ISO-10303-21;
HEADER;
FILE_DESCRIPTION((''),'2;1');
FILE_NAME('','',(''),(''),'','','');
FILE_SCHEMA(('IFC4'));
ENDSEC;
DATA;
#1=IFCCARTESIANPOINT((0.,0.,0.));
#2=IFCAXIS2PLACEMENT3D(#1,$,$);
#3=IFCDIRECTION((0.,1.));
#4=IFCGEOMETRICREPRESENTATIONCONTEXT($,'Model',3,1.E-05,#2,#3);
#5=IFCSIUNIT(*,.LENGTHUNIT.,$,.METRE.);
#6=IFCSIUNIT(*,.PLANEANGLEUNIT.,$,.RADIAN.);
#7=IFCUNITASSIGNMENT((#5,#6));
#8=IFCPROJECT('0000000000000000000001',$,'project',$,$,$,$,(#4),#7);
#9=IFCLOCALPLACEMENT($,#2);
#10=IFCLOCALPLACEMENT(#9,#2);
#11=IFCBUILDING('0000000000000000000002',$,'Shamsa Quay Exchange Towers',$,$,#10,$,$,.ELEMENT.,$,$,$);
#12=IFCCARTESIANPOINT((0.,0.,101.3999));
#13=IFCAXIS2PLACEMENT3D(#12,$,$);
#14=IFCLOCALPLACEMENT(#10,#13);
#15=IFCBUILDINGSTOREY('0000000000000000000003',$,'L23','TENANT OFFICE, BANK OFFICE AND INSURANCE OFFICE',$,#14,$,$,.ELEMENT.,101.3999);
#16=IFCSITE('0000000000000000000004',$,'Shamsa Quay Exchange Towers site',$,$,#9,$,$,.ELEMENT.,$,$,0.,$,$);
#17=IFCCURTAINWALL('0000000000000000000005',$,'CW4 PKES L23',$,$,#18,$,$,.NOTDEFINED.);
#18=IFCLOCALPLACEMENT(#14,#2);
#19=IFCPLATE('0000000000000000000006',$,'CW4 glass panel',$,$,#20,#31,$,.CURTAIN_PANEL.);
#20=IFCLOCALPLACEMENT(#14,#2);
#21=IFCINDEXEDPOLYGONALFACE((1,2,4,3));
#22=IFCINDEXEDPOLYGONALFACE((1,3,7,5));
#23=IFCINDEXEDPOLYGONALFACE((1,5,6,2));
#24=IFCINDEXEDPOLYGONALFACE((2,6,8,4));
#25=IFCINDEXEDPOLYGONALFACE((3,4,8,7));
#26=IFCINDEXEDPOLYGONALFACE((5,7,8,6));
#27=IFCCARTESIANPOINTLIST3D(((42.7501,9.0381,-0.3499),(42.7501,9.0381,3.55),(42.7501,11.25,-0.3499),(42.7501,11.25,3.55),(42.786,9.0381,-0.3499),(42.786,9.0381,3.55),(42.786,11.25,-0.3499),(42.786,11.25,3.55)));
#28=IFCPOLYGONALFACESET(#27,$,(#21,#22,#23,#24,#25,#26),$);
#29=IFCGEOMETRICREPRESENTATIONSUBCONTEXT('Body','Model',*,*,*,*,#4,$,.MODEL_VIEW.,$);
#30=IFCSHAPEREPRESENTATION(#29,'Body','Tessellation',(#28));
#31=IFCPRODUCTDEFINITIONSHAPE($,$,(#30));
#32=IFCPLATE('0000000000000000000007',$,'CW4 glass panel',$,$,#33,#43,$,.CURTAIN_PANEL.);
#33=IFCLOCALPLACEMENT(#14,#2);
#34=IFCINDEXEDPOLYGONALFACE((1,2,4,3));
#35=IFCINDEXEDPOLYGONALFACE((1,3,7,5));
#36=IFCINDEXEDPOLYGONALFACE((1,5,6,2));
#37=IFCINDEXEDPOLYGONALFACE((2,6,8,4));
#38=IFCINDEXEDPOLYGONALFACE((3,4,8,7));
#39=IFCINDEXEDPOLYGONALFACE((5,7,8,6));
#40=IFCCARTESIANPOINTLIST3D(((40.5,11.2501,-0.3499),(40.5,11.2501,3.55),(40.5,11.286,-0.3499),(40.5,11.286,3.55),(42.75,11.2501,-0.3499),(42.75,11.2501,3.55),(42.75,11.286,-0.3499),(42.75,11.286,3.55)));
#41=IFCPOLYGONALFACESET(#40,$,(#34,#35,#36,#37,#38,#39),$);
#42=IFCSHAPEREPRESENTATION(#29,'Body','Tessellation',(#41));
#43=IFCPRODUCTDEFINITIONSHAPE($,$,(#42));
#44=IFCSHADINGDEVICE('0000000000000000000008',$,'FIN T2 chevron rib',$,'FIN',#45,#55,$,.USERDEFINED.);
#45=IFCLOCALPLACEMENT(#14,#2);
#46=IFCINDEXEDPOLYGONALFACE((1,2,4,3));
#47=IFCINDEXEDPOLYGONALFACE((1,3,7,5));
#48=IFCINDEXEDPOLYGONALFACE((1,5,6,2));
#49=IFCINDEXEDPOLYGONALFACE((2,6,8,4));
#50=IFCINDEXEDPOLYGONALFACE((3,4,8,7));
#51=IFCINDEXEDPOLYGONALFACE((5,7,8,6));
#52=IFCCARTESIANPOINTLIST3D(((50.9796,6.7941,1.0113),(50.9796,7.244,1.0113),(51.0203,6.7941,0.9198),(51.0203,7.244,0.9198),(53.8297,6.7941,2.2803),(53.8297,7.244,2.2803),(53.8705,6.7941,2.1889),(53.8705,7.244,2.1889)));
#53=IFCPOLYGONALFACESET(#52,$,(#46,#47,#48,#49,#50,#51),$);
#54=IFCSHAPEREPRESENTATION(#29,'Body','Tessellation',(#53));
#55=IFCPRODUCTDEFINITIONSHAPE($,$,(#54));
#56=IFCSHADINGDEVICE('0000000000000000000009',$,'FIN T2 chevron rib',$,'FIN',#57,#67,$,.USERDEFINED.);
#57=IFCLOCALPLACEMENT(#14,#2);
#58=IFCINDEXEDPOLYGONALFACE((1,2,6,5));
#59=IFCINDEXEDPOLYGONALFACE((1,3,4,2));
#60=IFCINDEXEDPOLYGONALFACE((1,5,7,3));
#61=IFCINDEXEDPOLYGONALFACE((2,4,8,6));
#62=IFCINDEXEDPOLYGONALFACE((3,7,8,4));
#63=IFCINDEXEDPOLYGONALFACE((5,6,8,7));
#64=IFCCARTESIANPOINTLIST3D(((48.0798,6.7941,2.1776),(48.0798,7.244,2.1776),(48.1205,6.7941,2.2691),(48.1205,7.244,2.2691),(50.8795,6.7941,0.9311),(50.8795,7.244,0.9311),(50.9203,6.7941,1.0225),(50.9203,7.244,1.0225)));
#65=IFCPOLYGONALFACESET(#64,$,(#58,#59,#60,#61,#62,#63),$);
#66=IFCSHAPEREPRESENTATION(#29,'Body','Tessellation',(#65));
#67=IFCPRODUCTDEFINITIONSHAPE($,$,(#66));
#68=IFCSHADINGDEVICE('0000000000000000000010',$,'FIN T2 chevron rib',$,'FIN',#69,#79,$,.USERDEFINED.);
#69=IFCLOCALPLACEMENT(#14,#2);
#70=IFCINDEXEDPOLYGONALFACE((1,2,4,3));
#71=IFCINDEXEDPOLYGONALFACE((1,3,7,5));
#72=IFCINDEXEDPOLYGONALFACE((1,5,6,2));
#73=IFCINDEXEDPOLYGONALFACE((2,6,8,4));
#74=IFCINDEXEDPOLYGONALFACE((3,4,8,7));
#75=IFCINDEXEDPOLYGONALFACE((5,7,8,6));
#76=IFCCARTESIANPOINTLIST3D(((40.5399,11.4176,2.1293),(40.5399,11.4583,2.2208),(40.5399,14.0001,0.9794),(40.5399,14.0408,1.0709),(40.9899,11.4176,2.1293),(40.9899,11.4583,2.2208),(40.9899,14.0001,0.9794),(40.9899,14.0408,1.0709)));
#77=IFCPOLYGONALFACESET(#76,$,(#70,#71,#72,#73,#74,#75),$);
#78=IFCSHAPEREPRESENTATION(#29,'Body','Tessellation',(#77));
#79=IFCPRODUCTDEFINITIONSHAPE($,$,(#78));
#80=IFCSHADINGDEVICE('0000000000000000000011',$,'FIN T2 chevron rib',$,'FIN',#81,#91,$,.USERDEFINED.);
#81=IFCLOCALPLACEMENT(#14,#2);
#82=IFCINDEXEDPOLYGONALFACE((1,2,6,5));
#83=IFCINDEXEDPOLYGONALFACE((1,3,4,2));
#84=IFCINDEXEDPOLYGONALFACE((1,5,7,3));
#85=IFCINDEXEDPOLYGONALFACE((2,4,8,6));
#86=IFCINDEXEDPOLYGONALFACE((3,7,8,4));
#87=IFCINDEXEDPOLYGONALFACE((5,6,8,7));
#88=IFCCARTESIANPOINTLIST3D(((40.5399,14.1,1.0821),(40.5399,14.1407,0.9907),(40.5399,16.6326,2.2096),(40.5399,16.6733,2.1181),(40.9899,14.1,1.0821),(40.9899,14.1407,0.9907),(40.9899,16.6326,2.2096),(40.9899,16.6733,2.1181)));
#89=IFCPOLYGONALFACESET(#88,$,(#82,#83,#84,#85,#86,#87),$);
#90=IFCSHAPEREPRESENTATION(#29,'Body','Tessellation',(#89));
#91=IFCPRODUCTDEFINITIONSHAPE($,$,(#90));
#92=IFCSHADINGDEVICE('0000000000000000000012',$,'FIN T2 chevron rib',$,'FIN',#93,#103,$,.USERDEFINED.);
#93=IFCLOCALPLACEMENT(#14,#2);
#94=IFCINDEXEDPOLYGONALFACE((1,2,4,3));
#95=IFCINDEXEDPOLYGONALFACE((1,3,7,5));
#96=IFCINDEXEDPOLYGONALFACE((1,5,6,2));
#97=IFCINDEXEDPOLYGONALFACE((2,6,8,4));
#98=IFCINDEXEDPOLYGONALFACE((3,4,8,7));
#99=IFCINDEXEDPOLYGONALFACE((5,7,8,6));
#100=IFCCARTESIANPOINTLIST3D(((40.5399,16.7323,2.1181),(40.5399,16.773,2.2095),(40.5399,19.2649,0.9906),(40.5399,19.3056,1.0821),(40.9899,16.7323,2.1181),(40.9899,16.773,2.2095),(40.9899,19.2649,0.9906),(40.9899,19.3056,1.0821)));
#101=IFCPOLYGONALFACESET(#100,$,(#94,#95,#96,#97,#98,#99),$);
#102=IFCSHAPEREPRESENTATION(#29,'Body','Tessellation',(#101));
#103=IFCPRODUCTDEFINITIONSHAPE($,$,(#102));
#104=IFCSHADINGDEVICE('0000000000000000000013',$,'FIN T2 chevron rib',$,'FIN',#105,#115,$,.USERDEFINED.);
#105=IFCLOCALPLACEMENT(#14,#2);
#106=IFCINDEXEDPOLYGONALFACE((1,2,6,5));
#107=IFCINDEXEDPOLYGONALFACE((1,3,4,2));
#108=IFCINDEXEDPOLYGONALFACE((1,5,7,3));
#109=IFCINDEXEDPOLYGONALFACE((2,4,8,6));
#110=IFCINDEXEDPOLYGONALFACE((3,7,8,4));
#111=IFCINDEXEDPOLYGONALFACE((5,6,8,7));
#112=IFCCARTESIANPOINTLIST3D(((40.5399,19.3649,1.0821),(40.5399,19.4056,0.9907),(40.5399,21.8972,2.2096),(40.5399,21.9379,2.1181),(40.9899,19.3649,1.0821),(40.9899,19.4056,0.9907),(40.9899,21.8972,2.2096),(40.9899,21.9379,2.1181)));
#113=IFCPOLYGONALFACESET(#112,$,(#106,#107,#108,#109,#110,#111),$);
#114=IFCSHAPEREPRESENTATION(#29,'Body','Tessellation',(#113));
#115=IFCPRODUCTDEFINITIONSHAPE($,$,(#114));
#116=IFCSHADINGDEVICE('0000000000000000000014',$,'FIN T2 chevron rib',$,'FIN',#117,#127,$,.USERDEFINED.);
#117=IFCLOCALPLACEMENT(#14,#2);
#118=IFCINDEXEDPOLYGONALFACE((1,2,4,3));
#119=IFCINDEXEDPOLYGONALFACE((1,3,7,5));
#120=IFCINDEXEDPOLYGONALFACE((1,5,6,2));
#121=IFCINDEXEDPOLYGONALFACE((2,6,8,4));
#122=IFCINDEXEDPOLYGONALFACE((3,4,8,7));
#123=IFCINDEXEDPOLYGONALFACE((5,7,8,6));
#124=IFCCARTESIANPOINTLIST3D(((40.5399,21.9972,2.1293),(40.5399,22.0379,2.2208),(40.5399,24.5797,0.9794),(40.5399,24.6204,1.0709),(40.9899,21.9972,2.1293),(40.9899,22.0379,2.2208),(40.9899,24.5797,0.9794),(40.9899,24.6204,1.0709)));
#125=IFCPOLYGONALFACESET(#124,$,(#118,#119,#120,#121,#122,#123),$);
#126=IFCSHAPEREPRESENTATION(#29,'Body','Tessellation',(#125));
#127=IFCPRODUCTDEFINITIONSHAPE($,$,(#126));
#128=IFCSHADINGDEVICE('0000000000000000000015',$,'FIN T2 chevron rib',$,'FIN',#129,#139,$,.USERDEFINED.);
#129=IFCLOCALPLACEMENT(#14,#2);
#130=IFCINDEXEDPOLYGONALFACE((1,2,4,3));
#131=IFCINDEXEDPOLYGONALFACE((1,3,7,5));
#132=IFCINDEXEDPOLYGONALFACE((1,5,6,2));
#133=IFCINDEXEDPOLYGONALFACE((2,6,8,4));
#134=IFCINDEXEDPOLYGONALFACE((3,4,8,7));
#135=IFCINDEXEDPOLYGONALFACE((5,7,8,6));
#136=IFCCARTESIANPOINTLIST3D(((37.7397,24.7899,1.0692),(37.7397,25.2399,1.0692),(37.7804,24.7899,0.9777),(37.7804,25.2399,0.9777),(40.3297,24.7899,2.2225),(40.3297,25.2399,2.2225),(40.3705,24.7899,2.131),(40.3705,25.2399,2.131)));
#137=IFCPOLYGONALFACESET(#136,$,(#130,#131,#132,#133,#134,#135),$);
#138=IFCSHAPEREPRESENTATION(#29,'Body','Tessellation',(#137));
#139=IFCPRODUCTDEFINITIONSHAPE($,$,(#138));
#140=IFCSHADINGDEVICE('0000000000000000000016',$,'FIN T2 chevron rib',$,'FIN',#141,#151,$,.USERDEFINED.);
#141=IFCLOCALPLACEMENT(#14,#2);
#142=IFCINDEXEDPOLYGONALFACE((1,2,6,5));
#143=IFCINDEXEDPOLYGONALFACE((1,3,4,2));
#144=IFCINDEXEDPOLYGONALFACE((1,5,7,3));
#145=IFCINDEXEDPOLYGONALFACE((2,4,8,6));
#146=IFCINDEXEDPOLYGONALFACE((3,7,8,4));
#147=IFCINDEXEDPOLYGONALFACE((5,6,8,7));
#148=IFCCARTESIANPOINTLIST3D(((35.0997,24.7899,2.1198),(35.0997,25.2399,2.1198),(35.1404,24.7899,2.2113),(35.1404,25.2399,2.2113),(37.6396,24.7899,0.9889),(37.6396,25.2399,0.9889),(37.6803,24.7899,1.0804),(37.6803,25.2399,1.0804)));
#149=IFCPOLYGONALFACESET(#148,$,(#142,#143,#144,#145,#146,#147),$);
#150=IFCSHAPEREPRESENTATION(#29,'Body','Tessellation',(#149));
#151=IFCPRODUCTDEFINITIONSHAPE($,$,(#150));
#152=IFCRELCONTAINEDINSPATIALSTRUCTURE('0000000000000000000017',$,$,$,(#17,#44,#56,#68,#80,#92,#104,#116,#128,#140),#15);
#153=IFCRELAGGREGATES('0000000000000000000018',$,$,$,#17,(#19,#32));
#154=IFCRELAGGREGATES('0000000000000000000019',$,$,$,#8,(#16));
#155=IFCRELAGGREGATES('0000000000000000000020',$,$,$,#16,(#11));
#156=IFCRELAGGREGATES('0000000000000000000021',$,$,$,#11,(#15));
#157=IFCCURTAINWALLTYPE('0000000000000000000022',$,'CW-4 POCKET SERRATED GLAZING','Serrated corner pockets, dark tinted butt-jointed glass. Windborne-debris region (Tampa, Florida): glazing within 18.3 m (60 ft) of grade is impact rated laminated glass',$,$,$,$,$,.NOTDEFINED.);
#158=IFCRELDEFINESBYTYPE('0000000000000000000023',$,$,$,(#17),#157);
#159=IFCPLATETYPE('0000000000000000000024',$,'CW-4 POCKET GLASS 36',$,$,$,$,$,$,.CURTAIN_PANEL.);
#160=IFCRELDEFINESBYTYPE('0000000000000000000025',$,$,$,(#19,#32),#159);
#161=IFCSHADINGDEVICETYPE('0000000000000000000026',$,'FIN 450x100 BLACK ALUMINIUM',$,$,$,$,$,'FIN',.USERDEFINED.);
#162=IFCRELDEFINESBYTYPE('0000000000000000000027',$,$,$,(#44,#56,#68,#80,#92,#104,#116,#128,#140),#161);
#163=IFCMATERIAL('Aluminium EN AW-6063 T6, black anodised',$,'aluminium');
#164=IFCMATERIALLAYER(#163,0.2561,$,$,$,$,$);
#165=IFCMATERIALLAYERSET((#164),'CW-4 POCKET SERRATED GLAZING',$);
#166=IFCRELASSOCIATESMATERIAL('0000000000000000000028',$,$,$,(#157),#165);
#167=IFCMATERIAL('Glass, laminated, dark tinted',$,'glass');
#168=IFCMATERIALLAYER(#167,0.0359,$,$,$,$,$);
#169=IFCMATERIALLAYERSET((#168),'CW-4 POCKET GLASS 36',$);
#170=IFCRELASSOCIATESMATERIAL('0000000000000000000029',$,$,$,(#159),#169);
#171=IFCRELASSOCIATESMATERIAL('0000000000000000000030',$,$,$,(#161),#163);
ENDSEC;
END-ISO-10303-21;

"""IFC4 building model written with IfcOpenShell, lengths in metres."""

from ifc_helpers import new_model, si_unit, direction, frame, origin, origin_2d, place, context, subcontext, project, spatial, rectangle, extrude, material, layer, layer_set, material_profile, profile_set, type_object, element, aggregate, save


model = new_model("IFC4")

# Units and contexts
model_context = context("Model", 3, precision=1e-05, world=origin(), true_north=direction((0.0, 1.0)))
body_context = subcontext(model_context, "Body", "Model", "MODEL_VIEW")
ifc_project = project(units=[si_unit("LENGTHUNIT", "METRE"), si_unit("PLANEANGLEUNIT", "RADIAN")], contexts=[model_context])

# Site, building, storey
site_placement = place(None, origin())
site = spatial("IfcSite", under=ifc_project, at=site_placement, Name="Shamsa Quay Exchange Towers site", CompositionType="ELEMENT", RefElevation=0.0)
building_placement = place(site_placement, origin())
building = spatial("IfcBuilding", under=site, at=building_placement, Name="Shamsa Quay Exchange Towers", CompositionType="ELEMENT")
storey_placement = place(building_placement, frame((0.0, 0.0, 101.3999)))
storey = spatial("IfcBuildingStorey", under=building, at=storey_placement, Name="L23", Description="TENANT OFFICE, BANK OFFICE AND INSURANCE OFFICE", CompositionType="ELEMENT", Elevation=101.3999)

# Shared definitions
ifc_material_1 = material(Name="Aluminium EN AW-6063 T6, black anodised", Category="aluminium")

# Shared definitions
ifc_material_2 = material(Name="Glass, laminated, dark tinted", Category="glass")

# Curtain wall, plates
ifc_layer_1 = layer(ifc_material_1, 0.2561)
ifc_layer_set_1 = layer_set([ifc_layer_1], Name="CW-4 POCKET SERRATED GLAZING")
curtain_wall_type_1 = type_object("IfcCurtainWallType", Name="CW-4 POCKET SERRATED GLAZING", Description="Serrated corner pockets, dark tinted butt-jointed glass. Windborne-debris region (Tampa, Florida): glazing within 18.3 m (60 ft) of grade is impact rated laminated glass", PredefinedType="NOTDEFINED", material=ifc_layer_set_1)
curtain_wall_1_placement = place(storey_placement, origin())
curtain_wall_1 = element("IfcCurtainWall", 1, at=curtain_wall_1_placement, inside=storey, type_object=curtain_wall_type_1, Name="CW4 PKES L23", PredefinedType="NOTDEFINED")
ifc_layer_2 = layer(ifc_material_2, 0.0359)
ifc_layer_set_2 = layer_set([ifc_layer_2], Name="CW-4 POCKET GLASS 36")
plate_type_1 = type_object("IfcPlateType", Name="CW-4 POCKET GLASS 36", PredefinedType="CURTAIN_PANEL", material=ifc_layer_set_2)
plate_1_placement = place(storey_placement, frame((42.7681, 10.144, -0.3499), z_axis=(0.0, 0.0, 1.0), x_axis=(0.0, 1.0, 0.0)))
plate_1 = element("IfcPlate", 2, at=plate_1_placement, type_object=plate_type_1, Name="CW4 glass panel", PredefinedType="CURTAIN_PANEL", context=body_context, shape_type="SweptSolid", body=[
    extrude(rectangle(XDim=2.2119, YDim=0.0359, at=origin_2d()), origin(), (0.0, 0.0, 1.0), 3.8999),
])
plate_2_placement = place(storey_placement, frame((41.625, 11.2681, -0.3499), z_axis=(0.0, 0.0, 1.0), x_axis=(-1.0, 0.0, 0.0)))
plate_2 = element("IfcPlate", 3, at=plate_2_placement, type_object=plate_type_1, Name="CW4 glass panel", PredefinedType="CURTAIN_PANEL", context=body_context, shape_type="SweptSolid", body=[
    extrude(rectangle(XDim=2.25, YDim=0.0359, at=origin_2d()), origin(), (0.0, 0.0, 1.0), 3.8999),
])
aggregate(curtain_wall_1, [plate_1, plate_2])

# Shading devices
ifc_material_profile_1 = material_profile(ifc_material_1, rectangle(XDim=0.45, YDim=0.1001, at=origin_2d()), Name="FIN450x100")
ifc_profile_set_1 = profile_set([ifc_material_profile_1], Name="Aluminium EN AW-6063 T6, black anodised")
shading_device_type = type_object("IfcShadingDeviceType", Name="FIN 450x100 BLACK ALUMINIUM", ElementType="FIN", PredefinedType="USERDEFINED", material=ifc_profile_set_1)
shading_device_1_placement = place(storey_placement, frame((53.8501, 7.019, 2.2346), z_axis=(-0.913534, 0.0, -0.406763), x_axis=(0.0, -1.0, 0.0)))
element("IfcShadingDevice", 4, at=shading_device_1_placement, inside=storey, type_object=shading_device_type, Name="FIN T2 chevron rib", ObjectType="FIN", PredefinedType="USERDEFINED", context=body_context, shape_type="SweptSolid", body=[
    extrude(rectangle(XDim=0.45, YDim=0.1001, at=origin_2d()), origin(), (0.0, 0.0, 1.0), 3.1199),
])
shading_device_2_placement = place(storey_placement, frame((50.8999, 7.019, 0.9768), z_axis=(-0.913542, 0.0, 0.406744), x_axis=(0.0, -1.0, 0.0)))
element("IfcShadingDevice", 5, at=shading_device_2_placement, inside=storey, type_object=shading_device_type, Name="FIN T2 chevron rib", ObjectType="FIN", PredefinedType="USERDEFINED", context=body_context, shape_type="SweptSolid", body=[
    extrude(rectangle(XDim=0.45, YDim=0.1001, at=origin_2d()), origin(), (0.0, 0.0, 1.0), 3.0647),
])
shading_device_3_placement = place(storey_placement, frame((40.7649, 11.438, 2.175), z_axis=(0.0, 0.913534, -0.406763), x_axis=(-1.0, 0.0, 0.0)))
element("IfcShadingDevice", 6, at=shading_device_3_placement, inside=storey, type_object=shading_device_type, Name="FIN T2 chevron rib", ObjectType="FIN", PredefinedType="USERDEFINED", context=body_context, shape_type="SweptSolid", body=[
    extrude(rectangle(XDim=0.45, YDim=0.1001, at=origin_2d()), origin(), (0.0, 0.0, 1.0), 2.8269),
])
for number, where, z_axis, x_axis, name in (
    (7, (40.7649, 14.1204, 1.0364), (0.0, 0.913557, 0.40671), (-1.0, 0.0, 0.0), "FIN T2 chevron rib"),
    (8, (40.7649, 16.7527, 2.1638), (0.0, 0.913557, -0.40671), (-1.0, 0.0, 0.0), "FIN T2 chevron rib"),
):
    element("IfcShadingDevice", number, at=place(storey_placement, frame(where, z_axis=z_axis, x_axis=x_axis)), inside=storey, type_object=shading_device_type, Name=name, ObjectType="FIN", PredefinedType="USERDEFINED", context=body_context, shape_type="SweptSolid", body=[
        extrude(rectangle(XDim=0.45, YDim=0.1001, at=origin_2d()), origin(), (0.0, 0.0, 1.0), 2.7722),
    ])
shading_device_4_placement = place(storey_placement, frame((40.7649, 19.3853, 1.0364), z_axis=(0.0, 0.913543, 0.406743), x_axis=(-1.0, 0.0, 0.0)))
element("IfcShadingDevice", 9, at=shading_device_4_placement, inside=storey, type_object=shading_device_type, Name="FIN T2 chevron rib", ObjectType="FIN", PredefinedType="USERDEFINED", context=body_context, shape_type="SweptSolid", body=[
    extrude(rectangle(XDim=0.45, YDim=0.1001, at=origin_2d()), origin(), (0.0, 0.0, 1.0), 2.772),
])
shading_device_5_placement = place(storey_placement, frame((40.7649, 22.0176, 2.175), z_axis=(0.0, 0.913534, -0.406763), x_axis=(-1.0, 0.0, 0.0)))
element("IfcShadingDevice", 10, at=shading_device_5_placement, inside=storey, type_object=shading_device_type, Name="FIN T2 chevron rib", ObjectType="FIN", PredefinedType="USERDEFINED", context=body_context, shape_type="SweptSolid", body=[
    extrude(rectangle(XDim=0.45, YDim=0.1001, at=origin_2d()), origin(), (0.0, 0.0, 1.0), 2.8269),
])
shading_device_6_placement = place(storey_placement, frame((40.3501, 25.0149, 2.1768), z_axis=(-0.913527, 0.0, -0.406778), x_axis=(0.0, -1.0, 0.0)))
element("IfcShadingDevice", 11, at=shading_device_6_placement, inside=storey, type_object=shading_device_type, Name="FIN T2 chevron rib", ObjectType="FIN", PredefinedType="USERDEFINED", context=body_context, shape_type="SweptSolid", body=[
    extrude(rectangle(XDim=0.45, YDim=0.1001, at=origin_2d()), origin(), (0.0, 0.0, 1.0), 2.8352),
])
shading_device_7_placement = place(storey_placement, frame((37.6599, 25.0149, 1.0347), z_axis=(-0.913536, 0.0, 0.406758), x_axis=(0.0, -1.0, 0.0)))
element("IfcShadingDevice", 12, at=shading_device_7_placement, inside=storey, type_object=shading_device_type, Name="FIN T2 chevron rib", ObjectType="FIN", PredefinedType="USERDEFINED", context=body_context, shape_type="SweptSolid", body=[
    extrude(rectangle(XDim=0.45, YDim=0.1001, at=origin_2d()), origin(), (0.0, 0.0, 1.0), 2.7803),
])

save(model, "model.ifc")
